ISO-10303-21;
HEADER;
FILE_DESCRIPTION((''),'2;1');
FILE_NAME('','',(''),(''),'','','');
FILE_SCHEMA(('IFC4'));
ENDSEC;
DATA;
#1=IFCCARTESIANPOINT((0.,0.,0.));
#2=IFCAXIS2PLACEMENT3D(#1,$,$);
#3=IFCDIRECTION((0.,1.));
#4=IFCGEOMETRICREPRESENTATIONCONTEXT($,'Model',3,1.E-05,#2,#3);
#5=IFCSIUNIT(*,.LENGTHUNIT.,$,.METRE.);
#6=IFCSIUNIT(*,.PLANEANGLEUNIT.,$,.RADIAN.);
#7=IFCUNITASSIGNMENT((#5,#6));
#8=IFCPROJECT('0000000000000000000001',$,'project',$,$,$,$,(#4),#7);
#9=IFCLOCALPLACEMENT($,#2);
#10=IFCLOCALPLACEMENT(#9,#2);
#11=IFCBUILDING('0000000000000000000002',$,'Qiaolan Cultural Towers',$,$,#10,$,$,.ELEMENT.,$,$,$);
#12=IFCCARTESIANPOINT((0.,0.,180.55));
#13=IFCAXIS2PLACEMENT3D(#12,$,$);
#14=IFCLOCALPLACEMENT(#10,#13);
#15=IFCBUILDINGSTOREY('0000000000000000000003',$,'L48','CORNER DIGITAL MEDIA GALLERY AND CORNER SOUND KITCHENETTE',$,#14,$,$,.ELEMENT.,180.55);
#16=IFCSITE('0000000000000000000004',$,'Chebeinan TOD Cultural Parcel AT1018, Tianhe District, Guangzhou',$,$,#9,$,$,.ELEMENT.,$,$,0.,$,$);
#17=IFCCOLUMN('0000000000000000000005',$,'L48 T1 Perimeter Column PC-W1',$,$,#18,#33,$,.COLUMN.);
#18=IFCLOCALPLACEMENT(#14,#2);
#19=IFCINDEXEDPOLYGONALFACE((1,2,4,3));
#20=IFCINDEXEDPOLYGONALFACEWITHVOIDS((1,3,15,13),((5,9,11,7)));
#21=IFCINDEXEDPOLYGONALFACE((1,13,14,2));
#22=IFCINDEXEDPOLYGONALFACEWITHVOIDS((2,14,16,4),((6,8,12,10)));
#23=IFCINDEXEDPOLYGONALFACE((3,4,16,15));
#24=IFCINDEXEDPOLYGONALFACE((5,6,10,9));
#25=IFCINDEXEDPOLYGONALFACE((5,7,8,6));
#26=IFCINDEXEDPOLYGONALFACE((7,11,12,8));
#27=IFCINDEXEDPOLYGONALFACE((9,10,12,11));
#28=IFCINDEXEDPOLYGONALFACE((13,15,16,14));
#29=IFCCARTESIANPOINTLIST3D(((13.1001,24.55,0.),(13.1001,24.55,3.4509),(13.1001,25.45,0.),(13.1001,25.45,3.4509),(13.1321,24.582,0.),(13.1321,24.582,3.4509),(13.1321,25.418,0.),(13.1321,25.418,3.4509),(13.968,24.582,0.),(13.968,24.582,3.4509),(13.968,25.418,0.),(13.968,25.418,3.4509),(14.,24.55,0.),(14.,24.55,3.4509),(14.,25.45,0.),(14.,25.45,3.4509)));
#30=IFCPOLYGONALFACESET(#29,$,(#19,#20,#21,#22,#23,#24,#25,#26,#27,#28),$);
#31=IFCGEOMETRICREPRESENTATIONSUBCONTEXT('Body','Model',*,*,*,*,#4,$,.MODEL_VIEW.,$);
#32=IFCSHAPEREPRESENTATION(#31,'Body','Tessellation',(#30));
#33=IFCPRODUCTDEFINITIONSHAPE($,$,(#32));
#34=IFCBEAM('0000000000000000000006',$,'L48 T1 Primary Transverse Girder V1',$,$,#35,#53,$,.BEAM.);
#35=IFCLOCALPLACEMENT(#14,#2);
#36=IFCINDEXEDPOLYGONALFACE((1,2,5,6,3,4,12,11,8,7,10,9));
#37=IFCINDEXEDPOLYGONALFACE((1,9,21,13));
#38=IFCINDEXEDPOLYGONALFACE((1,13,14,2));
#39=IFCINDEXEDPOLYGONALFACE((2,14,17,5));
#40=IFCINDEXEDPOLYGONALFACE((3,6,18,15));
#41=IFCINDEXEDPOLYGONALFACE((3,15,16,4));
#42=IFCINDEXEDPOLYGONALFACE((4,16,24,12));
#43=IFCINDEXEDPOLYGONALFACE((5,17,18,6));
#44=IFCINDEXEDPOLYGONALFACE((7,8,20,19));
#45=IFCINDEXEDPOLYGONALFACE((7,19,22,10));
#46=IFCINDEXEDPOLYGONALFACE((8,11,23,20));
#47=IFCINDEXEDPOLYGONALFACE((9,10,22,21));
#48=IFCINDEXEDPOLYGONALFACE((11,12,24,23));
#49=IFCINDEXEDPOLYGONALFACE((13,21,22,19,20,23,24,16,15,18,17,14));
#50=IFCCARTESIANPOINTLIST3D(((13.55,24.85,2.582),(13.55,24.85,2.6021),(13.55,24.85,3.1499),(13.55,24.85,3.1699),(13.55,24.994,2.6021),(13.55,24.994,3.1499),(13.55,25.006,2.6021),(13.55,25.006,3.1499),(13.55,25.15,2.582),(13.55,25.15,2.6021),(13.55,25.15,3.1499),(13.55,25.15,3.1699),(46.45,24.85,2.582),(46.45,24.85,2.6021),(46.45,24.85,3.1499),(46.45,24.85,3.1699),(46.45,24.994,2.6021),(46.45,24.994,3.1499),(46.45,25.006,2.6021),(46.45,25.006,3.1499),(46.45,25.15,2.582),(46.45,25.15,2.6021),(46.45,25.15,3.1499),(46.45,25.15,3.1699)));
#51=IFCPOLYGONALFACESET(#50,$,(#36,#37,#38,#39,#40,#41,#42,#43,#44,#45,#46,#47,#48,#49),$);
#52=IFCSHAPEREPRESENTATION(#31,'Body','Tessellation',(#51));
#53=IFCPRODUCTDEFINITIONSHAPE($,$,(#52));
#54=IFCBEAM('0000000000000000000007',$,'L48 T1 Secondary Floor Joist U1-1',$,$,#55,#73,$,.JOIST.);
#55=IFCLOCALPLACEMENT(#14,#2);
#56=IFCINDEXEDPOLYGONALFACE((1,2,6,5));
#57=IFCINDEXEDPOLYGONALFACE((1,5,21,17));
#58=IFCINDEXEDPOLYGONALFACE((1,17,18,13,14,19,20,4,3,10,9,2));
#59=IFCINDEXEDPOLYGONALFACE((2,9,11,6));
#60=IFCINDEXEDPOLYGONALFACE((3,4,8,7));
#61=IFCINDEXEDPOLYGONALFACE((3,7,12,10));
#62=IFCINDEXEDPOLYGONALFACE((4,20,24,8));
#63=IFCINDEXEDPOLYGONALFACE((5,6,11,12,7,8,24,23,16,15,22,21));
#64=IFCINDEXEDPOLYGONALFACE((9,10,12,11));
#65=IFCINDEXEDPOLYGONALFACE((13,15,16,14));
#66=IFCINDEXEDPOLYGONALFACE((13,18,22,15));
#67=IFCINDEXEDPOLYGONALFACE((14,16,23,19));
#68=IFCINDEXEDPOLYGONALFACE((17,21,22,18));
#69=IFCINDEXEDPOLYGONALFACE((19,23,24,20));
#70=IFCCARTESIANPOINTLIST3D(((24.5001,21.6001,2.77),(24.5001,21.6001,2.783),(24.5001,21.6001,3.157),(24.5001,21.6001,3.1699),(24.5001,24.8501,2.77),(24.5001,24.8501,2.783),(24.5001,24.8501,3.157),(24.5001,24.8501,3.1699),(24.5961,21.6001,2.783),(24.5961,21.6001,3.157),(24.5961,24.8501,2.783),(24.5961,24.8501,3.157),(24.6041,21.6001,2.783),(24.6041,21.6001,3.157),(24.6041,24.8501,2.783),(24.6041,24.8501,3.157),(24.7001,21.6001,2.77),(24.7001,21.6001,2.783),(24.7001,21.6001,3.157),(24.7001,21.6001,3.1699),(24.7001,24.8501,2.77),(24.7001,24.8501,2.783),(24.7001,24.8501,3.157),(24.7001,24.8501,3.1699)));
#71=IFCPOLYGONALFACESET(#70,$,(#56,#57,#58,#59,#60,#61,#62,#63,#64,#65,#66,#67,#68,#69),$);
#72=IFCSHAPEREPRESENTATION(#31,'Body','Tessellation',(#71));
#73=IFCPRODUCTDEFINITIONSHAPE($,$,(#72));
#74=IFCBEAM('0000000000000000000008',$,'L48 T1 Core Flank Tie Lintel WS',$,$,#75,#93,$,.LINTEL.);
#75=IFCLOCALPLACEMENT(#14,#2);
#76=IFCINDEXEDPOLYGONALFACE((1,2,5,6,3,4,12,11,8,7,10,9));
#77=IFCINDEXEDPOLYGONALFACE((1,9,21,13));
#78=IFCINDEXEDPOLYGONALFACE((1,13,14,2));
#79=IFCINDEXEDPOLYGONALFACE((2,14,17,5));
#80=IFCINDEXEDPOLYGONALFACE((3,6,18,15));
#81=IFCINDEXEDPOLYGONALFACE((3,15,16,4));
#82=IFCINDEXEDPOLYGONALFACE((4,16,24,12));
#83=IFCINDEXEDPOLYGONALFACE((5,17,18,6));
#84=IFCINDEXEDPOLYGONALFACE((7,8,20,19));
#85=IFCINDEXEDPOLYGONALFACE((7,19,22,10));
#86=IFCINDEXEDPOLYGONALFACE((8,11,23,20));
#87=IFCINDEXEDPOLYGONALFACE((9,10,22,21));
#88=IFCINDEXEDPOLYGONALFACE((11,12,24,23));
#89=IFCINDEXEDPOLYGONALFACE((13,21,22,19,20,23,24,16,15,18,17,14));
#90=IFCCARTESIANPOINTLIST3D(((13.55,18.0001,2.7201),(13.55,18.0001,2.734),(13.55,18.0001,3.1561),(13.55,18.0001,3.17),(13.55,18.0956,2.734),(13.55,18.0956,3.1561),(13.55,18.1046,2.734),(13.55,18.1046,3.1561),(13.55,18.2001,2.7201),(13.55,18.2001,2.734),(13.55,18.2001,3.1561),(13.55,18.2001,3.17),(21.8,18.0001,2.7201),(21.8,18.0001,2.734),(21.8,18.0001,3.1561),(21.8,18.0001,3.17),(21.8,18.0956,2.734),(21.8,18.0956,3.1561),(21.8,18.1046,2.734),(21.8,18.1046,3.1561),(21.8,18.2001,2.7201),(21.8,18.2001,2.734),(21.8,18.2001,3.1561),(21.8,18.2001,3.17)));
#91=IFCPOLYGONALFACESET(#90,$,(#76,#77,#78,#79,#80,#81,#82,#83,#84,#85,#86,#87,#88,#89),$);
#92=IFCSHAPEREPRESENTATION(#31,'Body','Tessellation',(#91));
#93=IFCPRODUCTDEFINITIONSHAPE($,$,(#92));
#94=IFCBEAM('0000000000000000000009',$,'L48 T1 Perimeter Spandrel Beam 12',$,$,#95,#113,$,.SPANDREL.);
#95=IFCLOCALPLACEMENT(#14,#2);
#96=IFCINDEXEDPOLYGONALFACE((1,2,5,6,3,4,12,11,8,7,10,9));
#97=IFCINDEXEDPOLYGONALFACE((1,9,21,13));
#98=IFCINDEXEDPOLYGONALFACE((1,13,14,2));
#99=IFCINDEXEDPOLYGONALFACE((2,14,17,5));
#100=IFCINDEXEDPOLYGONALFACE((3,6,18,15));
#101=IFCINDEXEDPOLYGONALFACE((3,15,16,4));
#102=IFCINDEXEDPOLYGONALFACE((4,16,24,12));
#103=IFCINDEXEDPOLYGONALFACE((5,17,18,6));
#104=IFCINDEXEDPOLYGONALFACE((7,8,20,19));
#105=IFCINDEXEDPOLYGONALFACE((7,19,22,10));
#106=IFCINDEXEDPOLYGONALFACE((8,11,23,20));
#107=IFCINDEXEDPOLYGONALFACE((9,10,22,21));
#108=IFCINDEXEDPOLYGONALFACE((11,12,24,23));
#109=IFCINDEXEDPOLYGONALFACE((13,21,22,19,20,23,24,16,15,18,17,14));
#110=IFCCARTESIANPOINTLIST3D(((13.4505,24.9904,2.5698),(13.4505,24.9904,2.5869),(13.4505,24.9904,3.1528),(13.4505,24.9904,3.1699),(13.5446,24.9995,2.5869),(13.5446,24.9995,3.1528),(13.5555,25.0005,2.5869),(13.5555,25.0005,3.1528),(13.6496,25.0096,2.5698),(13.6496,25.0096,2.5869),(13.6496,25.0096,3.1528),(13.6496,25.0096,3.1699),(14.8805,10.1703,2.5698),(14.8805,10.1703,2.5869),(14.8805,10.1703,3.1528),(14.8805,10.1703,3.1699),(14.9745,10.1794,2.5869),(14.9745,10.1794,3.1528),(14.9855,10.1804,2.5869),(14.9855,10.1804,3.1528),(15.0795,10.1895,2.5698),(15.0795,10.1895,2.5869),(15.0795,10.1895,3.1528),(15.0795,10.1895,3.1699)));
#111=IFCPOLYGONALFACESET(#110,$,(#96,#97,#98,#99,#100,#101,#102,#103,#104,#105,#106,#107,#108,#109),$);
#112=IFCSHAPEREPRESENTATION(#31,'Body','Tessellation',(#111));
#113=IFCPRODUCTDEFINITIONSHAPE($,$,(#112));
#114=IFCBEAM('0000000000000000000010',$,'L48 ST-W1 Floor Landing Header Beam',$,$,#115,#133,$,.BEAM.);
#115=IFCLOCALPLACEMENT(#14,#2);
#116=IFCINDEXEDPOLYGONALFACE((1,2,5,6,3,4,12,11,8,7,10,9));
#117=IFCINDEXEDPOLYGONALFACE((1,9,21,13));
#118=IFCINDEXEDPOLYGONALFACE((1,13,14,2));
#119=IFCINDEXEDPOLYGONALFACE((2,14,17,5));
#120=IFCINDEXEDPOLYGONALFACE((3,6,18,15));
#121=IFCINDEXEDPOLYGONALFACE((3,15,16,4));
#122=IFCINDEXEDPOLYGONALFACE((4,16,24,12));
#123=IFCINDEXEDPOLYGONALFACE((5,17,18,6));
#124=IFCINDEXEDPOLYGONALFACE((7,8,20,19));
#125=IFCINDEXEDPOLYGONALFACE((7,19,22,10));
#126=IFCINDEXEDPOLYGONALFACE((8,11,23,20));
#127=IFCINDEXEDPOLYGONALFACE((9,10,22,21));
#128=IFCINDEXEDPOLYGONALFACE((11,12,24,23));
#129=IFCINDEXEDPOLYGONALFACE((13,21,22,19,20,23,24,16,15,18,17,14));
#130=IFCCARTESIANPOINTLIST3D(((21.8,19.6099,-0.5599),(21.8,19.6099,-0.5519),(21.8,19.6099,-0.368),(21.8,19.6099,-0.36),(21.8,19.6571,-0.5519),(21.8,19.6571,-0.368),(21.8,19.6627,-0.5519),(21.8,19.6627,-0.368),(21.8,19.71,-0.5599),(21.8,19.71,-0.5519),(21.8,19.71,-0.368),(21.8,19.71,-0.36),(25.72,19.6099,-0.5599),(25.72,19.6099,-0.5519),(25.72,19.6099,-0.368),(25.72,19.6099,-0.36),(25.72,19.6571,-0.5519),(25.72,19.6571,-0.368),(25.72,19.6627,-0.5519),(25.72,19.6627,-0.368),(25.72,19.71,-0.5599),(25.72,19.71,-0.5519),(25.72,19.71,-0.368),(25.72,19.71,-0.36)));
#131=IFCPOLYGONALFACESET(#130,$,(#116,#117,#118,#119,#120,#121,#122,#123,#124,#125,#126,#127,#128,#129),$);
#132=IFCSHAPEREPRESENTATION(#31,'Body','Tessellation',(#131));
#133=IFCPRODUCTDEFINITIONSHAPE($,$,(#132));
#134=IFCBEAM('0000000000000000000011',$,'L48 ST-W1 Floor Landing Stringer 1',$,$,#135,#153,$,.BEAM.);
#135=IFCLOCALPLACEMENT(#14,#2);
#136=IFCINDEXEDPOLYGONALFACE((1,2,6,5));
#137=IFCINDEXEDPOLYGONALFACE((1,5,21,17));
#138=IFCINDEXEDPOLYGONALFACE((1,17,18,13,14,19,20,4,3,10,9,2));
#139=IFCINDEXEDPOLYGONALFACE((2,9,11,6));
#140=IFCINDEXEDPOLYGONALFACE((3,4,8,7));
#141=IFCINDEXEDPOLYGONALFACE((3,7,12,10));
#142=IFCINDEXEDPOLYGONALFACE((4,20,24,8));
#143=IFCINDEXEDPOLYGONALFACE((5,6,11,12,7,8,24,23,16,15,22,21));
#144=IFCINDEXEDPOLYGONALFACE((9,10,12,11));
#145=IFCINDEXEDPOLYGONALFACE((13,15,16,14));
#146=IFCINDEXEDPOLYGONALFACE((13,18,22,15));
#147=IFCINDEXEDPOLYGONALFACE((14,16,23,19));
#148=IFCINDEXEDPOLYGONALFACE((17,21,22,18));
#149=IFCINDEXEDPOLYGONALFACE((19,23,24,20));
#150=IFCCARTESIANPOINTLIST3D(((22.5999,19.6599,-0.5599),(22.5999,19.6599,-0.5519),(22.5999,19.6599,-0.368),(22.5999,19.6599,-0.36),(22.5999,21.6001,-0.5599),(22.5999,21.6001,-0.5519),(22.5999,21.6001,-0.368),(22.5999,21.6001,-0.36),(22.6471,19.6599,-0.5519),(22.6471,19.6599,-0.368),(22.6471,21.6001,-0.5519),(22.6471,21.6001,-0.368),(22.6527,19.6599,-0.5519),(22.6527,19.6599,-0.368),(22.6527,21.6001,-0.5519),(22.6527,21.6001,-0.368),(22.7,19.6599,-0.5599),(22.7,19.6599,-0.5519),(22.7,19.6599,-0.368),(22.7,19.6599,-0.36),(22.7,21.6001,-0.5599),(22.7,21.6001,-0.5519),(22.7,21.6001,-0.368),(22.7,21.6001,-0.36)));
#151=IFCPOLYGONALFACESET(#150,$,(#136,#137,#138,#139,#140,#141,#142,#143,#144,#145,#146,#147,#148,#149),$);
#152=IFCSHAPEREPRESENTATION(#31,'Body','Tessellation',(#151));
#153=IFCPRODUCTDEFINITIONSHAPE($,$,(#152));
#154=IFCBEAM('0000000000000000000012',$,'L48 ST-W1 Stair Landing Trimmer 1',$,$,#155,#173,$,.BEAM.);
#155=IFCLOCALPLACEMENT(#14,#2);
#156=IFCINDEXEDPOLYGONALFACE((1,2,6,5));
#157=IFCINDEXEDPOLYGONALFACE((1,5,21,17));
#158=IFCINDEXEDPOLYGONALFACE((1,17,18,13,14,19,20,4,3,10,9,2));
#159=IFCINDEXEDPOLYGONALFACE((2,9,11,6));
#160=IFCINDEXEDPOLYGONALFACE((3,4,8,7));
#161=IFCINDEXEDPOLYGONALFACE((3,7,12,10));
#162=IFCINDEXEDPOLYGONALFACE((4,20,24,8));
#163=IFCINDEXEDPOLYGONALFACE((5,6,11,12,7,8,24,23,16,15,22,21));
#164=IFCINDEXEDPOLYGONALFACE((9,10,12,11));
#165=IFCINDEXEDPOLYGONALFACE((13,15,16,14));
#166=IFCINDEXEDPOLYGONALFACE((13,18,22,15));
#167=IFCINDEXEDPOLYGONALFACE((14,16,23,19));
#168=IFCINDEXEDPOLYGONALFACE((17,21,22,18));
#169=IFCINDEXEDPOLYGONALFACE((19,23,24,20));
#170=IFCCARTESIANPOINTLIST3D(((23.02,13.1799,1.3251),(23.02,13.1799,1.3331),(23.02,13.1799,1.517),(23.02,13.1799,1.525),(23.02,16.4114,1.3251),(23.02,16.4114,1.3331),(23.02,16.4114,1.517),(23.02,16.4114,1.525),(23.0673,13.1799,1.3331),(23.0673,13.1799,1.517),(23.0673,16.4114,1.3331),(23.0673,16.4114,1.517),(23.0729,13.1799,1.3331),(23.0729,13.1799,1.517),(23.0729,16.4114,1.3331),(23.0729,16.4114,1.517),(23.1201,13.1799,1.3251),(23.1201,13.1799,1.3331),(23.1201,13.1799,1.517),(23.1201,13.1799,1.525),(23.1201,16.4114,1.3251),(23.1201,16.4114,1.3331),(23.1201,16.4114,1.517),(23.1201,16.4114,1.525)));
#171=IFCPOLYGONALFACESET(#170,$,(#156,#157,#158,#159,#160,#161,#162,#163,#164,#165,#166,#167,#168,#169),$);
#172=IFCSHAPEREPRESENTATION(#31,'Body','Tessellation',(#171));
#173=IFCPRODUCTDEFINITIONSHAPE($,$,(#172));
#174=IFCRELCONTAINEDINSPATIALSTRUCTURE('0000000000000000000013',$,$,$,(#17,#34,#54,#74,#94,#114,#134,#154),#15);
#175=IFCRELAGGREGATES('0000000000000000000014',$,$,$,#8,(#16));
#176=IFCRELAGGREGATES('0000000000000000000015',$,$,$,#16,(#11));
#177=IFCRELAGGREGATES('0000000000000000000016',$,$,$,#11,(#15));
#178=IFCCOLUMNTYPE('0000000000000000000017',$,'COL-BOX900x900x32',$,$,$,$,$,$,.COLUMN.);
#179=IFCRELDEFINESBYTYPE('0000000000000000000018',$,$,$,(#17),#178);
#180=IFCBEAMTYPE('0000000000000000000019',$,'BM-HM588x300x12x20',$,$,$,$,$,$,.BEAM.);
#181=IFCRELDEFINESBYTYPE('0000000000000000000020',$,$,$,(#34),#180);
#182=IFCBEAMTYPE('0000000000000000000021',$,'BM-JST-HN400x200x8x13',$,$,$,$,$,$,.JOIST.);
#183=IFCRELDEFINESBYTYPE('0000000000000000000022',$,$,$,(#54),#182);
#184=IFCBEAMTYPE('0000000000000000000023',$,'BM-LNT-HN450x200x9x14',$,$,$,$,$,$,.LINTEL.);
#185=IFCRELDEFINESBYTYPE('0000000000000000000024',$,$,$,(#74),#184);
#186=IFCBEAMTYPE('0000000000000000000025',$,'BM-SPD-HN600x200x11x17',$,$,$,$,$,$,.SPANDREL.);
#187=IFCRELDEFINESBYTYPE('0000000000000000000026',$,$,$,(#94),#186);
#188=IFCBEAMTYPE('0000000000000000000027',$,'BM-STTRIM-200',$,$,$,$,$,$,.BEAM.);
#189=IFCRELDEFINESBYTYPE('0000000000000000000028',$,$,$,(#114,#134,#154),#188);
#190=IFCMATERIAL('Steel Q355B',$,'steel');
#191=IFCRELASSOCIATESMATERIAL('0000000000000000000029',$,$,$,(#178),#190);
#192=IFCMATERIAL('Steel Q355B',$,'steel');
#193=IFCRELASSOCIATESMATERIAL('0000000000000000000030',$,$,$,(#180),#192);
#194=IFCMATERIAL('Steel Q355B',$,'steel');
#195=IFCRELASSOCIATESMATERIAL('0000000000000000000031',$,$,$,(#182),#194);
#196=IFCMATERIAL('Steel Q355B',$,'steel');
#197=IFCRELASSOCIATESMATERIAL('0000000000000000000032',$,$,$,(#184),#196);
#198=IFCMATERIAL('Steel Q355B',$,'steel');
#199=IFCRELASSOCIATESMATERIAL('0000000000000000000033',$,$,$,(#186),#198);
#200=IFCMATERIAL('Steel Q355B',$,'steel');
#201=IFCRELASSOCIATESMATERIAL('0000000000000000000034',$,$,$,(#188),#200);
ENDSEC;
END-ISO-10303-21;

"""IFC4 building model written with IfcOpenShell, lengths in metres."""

from ifc_helpers import new_model, si_unit, direction, frame, origin, origin_2d, place, context, subcontext, project, spatial, hollow_rectangle, i_section, extrude, material, material_profile, profile_set, type_object, element, save


model = new_model("IFC4")

# Units and contexts
model_context = context("Model", 3, precision=1e-05, world=origin(), true_north=direction((0.0, 1.0)))
body_context = subcontext(model_context, "Body", "Model", "MODEL_VIEW")
ifc_project = project(units=[si_unit("LENGTHUNIT", "METRE"), si_unit("PLANEANGLEUNIT", "RADIAN")], contexts=[model_context])

# Site, building, storey
site_placement = place(None, origin())
site = spatial("IfcSite", under=ifc_project, at=site_placement, Name="Chebeinan TOD Cultural Parcel AT1018, Tianhe District, Guangzhou", CompositionType="ELEMENT", RefElevation=0.0)
building_placement = place(site_placement, origin())
building = spatial("IfcBuilding", under=site, at=building_placement, Name="Qiaolan Cultural Towers", CompositionType="ELEMENT")
storey_placement = place(building_placement, frame((0.0, 0.0, 180.55)))
storey = spatial("IfcBuildingStorey", under=building, at=storey_placement, Name="L48", Description="CORNER DIGITAL MEDIA GALLERY AND CORNER SOUND KITCHENETTE", CompositionType="ELEMENT", Elevation=180.55)

# Column
ifc_material_1 = material(Name="Steel Q355B", Category="steel")
ifc_material_profile_1 = material_profile(ifc_material_1, hollow_rectangle(XDim=0.8999, YDim=0.8999, WallThickness=0.032, at=origin_2d()), Name="BOX900x900x32")
ifc_profile_set_1 = profile_set([ifc_material_profile_1], Name="Steel Q355B")
column_type = type_object("IfcColumnType", Name="COL-BOX900x900x32", PredefinedType="COLUMN", material=ifc_profile_set_1)
column_placement = place(storey_placement, frame((13.55, 25.0, 0.0), z_axis=(0.0, 0.0, 1.0), x_axis=(1.0, 0.0, 0.0)))
element("IfcColumn", 1, at=column_placement, inside=storey, type_object=column_type, Name="L48 T1 Perimeter Column PC-W1", PredefinedType="COLUMN", context=body_context, shape_type="SweptSolid", body=[
    extrude(hollow_rectangle(XDim=0.8999, YDim=0.8999, WallThickness=0.032, at=origin_2d()), origin(), (0.0, 0.0, 1.0), 3.4509),
])

# Beams
ifc_material_2 = material(Name="Steel Q355B", Category="steel")
ifc_material_profile_2 = material_profile(ifc_material_2, i_section(OverallWidth=0.3, OverallDepth=0.5879, WebThickness=0.012, FlangeThickness=0.02, at=origin_2d()), Name="HM588x300x12x20")
ifc_profile_set_2 = profile_set([ifc_material_profile_2], Name="Steel Q355B")
beam_type_1 = type_object("IfcBeamType", Name="BM-HM588x300x12x20", PredefinedType="BEAM", material=ifc_profile_set_2)
beam_1_placement = place(storey_placement, frame((13.55, 25.0, 2.876), z_axis=(1.0, 0.0, 0.0), x_axis=(0.0, 1.0, 0.0)))
element("IfcBeam", 2, at=beam_1_placement, inside=storey, type_object=beam_type_1, Name="L48 T1 Primary Transverse Girder V1", PredefinedType="BEAM", context=body_context, shape_type="SweptSolid", body=[
    extrude(i_section(OverallWidth=0.3, OverallDepth=0.5879, WebThickness=0.012, FlangeThickness=0.02, at=origin_2d()), origin(), (0.0, 0.0, 1.0), 32.8999),
])
ifc_material_3 = material(Name="Steel Q355B", Category="steel")
ifc_material_profile_3 = material_profile(ifc_material_3, i_section(OverallWidth=0.2, OverallDepth=0.3999, WebThickness=0.0081, FlangeThickness=0.0129, at=origin_2d()), Name="HN400x200x8x13")
ifc_profile_set_3 = profile_set([ifc_material_profile_3], Name="Steel Q355B")
beam_type_2 = type_object("IfcBeamType", Name="BM-JST-HN400x200x8x13", PredefinedType="JOIST", material=ifc_profile_set_3)
beam_2_placement = place(storey_placement, frame((24.6001, 21.6001, 2.97), z_axis=(0.0, 1.0, 0.0), x_axis=(-1.0, 0.0, 0.0)))
element("IfcBeam", 3, at=beam_2_placement, inside=storey, type_object=beam_type_2, Name="L48 T1 Secondary Floor Joist U1-1", PredefinedType="JOIST", context=body_context, shape_type="SweptSolid", body=[
    extrude(i_section(OverallWidth=0.2, OverallDepth=0.3999, WebThickness=0.0081, FlangeThickness=0.0129, at=origin_2d()), origin(), (0.0, 0.0, 1.0), 3.25),
])
ifc_material_4 = material(Name="Steel Q355B", Category="steel")
ifc_material_profile_4 = material_profile(ifc_material_4, i_section(OverallWidth=0.2, OverallDepth=0.45, WebThickness=0.009, FlangeThickness=0.0139, at=origin_2d()), Name="HN450x200x9x14")
ifc_profile_set_4 = profile_set([ifc_material_profile_4], Name="Steel Q355B")
beam_type_3 = type_object("IfcBeamType", Name="BM-LNT-HN450x200x9x14", PredefinedType="LINTEL", material=ifc_profile_set_4)
beam_3_placement = place(storey_placement, frame((21.8, 18.1001, 2.9451), z_axis=(-1.0, 0.0, 0.0), x_axis=(0.0, -1.0, 0.0)))
element("IfcBeam", 4, at=beam_3_placement, inside=storey, type_object=beam_type_3, Name="L48 T1 Core Flank Tie Lintel WS", PredefinedType="LINTEL", context=body_context, shape_type="SweptSolid", body=[
    extrude(i_section(OverallWidth=0.2, OverallDepth=0.45, WebThickness=0.009, FlangeThickness=0.0139, at=origin_2d()), origin(), (0.0, 0.0, 1.0), 8.25),
])
ifc_material_5 = material(Name="Steel Q355B", Category="steel")
ifc_material_profile_5 = material_profile(ifc_material_5, i_section(OverallWidth=0.2, OverallDepth=0.6001, WebThickness=0.011, FlangeThickness=0.0171, at=origin_2d()), Name="HN600x200x11x17")
ifc_profile_set_5 = profile_set([ifc_material_profile_5], Name="Steel Q355B")
beam_type_4 = type_object("IfcBeamType", Name="BM-SPD-HN600x200x11x17", PredefinedType="SPANDREL", material=ifc_profile_set_5)
beam_4_placement = place(storey_placement, frame((13.55, 25.0, 2.8699), z_axis=(0.09604, -0.995377, 0.0), x_axis=(0.995377, 0.09604, 0.0)))
element("IfcBeam", 5, at=beam_4_placement, inside=storey, type_object=beam_type_4, Name="L48 T1 Perimeter Spandrel Beam 12", PredefinedType="SPANDREL", context=body_context, shape_type="SweptSolid", body=[
    extrude(i_section(OverallWidth=0.2, OverallDepth=0.6001, WebThickness=0.011, FlangeThickness=0.0171, at=origin_2d()), origin(), (0.0, 0.0, 1.0), 14.8889),
])
ifc_material_6 = material(Name="Steel Q355B", Category="steel")
ifc_material_profile_6 = material_profile(ifc_material_6, i_section(OverallWidth=0.1001, OverallDepth=0.2, WebThickness=0.0056, FlangeThickness=0.0081, at=origin_2d()), Name="HN200x100x5.5x8")
ifc_profile_set_6 = profile_set([ifc_material_profile_6], Name="Steel Q355B")
beam_type_5 = type_object("IfcBeamType", Name="BM-STTRIM-200", PredefinedType="BEAM", material=ifc_profile_set_6)
beam_5_placement = place(storey_placement, frame((21.8, 19.6599, -0.46), z_axis=(1.0, 0.0, 0.0), x_axis=(0.0, 1.0, 0.0)))
element("IfcBeam", 6, at=beam_5_placement, inside=storey, type_object=beam_type_5, Name="L48 ST-W1 Floor Landing Header Beam", PredefinedType="BEAM", context=body_context, shape_type="SweptSolid", body=[
    extrude(i_section(OverallWidth=0.1001, OverallDepth=0.2, WebThickness=0.0056, FlangeThickness=0.0081, at=origin_2d()), origin(), (0.0, 0.0, 1.0), 3.9199),
])
beam_6_placement = place(storey_placement, frame((22.6499, 21.6001, -0.46), z_axis=(0.0, -1.0, 0.0), x_axis=(1.0, 0.0, 0.0)))
element("IfcBeam", 7, at=beam_6_placement, inside=storey, type_object=beam_type_5, Name="L48 ST-W1 Floor Landing Stringer 1", PredefinedType="BEAM", context=body_context, shape_type="SweptSolid", body=[
    extrude(i_section(OverallWidth=0.1001, OverallDepth=0.2, WebThickness=0.0056, FlangeThickness=0.0081, at=origin_2d()), origin(), (0.0, 0.0, 1.0), 1.9402),
])
beam_7_placement = place(storey_placement, frame((23.0701, 16.4114, 1.425), z_axis=(0.0, -1.0, 0.0), x_axis=(1.0, 0.0, 0.0)))
element("IfcBeam", 8, at=beam_7_placement, inside=storey, type_object=beam_type_5, Name="L48 ST-W1 Stair Landing Trimmer 1", PredefinedType="BEAM", context=body_context, shape_type="SweptSolid", body=[
    extrude(i_section(OverallWidth=0.1001, OverallDepth=0.2, WebThickness=0.0056, FlangeThickness=0.0081, at=origin_2d()), origin(), (0.0, 0.0, 1.0), 3.2314),
])

save(model, "model.ifc")
